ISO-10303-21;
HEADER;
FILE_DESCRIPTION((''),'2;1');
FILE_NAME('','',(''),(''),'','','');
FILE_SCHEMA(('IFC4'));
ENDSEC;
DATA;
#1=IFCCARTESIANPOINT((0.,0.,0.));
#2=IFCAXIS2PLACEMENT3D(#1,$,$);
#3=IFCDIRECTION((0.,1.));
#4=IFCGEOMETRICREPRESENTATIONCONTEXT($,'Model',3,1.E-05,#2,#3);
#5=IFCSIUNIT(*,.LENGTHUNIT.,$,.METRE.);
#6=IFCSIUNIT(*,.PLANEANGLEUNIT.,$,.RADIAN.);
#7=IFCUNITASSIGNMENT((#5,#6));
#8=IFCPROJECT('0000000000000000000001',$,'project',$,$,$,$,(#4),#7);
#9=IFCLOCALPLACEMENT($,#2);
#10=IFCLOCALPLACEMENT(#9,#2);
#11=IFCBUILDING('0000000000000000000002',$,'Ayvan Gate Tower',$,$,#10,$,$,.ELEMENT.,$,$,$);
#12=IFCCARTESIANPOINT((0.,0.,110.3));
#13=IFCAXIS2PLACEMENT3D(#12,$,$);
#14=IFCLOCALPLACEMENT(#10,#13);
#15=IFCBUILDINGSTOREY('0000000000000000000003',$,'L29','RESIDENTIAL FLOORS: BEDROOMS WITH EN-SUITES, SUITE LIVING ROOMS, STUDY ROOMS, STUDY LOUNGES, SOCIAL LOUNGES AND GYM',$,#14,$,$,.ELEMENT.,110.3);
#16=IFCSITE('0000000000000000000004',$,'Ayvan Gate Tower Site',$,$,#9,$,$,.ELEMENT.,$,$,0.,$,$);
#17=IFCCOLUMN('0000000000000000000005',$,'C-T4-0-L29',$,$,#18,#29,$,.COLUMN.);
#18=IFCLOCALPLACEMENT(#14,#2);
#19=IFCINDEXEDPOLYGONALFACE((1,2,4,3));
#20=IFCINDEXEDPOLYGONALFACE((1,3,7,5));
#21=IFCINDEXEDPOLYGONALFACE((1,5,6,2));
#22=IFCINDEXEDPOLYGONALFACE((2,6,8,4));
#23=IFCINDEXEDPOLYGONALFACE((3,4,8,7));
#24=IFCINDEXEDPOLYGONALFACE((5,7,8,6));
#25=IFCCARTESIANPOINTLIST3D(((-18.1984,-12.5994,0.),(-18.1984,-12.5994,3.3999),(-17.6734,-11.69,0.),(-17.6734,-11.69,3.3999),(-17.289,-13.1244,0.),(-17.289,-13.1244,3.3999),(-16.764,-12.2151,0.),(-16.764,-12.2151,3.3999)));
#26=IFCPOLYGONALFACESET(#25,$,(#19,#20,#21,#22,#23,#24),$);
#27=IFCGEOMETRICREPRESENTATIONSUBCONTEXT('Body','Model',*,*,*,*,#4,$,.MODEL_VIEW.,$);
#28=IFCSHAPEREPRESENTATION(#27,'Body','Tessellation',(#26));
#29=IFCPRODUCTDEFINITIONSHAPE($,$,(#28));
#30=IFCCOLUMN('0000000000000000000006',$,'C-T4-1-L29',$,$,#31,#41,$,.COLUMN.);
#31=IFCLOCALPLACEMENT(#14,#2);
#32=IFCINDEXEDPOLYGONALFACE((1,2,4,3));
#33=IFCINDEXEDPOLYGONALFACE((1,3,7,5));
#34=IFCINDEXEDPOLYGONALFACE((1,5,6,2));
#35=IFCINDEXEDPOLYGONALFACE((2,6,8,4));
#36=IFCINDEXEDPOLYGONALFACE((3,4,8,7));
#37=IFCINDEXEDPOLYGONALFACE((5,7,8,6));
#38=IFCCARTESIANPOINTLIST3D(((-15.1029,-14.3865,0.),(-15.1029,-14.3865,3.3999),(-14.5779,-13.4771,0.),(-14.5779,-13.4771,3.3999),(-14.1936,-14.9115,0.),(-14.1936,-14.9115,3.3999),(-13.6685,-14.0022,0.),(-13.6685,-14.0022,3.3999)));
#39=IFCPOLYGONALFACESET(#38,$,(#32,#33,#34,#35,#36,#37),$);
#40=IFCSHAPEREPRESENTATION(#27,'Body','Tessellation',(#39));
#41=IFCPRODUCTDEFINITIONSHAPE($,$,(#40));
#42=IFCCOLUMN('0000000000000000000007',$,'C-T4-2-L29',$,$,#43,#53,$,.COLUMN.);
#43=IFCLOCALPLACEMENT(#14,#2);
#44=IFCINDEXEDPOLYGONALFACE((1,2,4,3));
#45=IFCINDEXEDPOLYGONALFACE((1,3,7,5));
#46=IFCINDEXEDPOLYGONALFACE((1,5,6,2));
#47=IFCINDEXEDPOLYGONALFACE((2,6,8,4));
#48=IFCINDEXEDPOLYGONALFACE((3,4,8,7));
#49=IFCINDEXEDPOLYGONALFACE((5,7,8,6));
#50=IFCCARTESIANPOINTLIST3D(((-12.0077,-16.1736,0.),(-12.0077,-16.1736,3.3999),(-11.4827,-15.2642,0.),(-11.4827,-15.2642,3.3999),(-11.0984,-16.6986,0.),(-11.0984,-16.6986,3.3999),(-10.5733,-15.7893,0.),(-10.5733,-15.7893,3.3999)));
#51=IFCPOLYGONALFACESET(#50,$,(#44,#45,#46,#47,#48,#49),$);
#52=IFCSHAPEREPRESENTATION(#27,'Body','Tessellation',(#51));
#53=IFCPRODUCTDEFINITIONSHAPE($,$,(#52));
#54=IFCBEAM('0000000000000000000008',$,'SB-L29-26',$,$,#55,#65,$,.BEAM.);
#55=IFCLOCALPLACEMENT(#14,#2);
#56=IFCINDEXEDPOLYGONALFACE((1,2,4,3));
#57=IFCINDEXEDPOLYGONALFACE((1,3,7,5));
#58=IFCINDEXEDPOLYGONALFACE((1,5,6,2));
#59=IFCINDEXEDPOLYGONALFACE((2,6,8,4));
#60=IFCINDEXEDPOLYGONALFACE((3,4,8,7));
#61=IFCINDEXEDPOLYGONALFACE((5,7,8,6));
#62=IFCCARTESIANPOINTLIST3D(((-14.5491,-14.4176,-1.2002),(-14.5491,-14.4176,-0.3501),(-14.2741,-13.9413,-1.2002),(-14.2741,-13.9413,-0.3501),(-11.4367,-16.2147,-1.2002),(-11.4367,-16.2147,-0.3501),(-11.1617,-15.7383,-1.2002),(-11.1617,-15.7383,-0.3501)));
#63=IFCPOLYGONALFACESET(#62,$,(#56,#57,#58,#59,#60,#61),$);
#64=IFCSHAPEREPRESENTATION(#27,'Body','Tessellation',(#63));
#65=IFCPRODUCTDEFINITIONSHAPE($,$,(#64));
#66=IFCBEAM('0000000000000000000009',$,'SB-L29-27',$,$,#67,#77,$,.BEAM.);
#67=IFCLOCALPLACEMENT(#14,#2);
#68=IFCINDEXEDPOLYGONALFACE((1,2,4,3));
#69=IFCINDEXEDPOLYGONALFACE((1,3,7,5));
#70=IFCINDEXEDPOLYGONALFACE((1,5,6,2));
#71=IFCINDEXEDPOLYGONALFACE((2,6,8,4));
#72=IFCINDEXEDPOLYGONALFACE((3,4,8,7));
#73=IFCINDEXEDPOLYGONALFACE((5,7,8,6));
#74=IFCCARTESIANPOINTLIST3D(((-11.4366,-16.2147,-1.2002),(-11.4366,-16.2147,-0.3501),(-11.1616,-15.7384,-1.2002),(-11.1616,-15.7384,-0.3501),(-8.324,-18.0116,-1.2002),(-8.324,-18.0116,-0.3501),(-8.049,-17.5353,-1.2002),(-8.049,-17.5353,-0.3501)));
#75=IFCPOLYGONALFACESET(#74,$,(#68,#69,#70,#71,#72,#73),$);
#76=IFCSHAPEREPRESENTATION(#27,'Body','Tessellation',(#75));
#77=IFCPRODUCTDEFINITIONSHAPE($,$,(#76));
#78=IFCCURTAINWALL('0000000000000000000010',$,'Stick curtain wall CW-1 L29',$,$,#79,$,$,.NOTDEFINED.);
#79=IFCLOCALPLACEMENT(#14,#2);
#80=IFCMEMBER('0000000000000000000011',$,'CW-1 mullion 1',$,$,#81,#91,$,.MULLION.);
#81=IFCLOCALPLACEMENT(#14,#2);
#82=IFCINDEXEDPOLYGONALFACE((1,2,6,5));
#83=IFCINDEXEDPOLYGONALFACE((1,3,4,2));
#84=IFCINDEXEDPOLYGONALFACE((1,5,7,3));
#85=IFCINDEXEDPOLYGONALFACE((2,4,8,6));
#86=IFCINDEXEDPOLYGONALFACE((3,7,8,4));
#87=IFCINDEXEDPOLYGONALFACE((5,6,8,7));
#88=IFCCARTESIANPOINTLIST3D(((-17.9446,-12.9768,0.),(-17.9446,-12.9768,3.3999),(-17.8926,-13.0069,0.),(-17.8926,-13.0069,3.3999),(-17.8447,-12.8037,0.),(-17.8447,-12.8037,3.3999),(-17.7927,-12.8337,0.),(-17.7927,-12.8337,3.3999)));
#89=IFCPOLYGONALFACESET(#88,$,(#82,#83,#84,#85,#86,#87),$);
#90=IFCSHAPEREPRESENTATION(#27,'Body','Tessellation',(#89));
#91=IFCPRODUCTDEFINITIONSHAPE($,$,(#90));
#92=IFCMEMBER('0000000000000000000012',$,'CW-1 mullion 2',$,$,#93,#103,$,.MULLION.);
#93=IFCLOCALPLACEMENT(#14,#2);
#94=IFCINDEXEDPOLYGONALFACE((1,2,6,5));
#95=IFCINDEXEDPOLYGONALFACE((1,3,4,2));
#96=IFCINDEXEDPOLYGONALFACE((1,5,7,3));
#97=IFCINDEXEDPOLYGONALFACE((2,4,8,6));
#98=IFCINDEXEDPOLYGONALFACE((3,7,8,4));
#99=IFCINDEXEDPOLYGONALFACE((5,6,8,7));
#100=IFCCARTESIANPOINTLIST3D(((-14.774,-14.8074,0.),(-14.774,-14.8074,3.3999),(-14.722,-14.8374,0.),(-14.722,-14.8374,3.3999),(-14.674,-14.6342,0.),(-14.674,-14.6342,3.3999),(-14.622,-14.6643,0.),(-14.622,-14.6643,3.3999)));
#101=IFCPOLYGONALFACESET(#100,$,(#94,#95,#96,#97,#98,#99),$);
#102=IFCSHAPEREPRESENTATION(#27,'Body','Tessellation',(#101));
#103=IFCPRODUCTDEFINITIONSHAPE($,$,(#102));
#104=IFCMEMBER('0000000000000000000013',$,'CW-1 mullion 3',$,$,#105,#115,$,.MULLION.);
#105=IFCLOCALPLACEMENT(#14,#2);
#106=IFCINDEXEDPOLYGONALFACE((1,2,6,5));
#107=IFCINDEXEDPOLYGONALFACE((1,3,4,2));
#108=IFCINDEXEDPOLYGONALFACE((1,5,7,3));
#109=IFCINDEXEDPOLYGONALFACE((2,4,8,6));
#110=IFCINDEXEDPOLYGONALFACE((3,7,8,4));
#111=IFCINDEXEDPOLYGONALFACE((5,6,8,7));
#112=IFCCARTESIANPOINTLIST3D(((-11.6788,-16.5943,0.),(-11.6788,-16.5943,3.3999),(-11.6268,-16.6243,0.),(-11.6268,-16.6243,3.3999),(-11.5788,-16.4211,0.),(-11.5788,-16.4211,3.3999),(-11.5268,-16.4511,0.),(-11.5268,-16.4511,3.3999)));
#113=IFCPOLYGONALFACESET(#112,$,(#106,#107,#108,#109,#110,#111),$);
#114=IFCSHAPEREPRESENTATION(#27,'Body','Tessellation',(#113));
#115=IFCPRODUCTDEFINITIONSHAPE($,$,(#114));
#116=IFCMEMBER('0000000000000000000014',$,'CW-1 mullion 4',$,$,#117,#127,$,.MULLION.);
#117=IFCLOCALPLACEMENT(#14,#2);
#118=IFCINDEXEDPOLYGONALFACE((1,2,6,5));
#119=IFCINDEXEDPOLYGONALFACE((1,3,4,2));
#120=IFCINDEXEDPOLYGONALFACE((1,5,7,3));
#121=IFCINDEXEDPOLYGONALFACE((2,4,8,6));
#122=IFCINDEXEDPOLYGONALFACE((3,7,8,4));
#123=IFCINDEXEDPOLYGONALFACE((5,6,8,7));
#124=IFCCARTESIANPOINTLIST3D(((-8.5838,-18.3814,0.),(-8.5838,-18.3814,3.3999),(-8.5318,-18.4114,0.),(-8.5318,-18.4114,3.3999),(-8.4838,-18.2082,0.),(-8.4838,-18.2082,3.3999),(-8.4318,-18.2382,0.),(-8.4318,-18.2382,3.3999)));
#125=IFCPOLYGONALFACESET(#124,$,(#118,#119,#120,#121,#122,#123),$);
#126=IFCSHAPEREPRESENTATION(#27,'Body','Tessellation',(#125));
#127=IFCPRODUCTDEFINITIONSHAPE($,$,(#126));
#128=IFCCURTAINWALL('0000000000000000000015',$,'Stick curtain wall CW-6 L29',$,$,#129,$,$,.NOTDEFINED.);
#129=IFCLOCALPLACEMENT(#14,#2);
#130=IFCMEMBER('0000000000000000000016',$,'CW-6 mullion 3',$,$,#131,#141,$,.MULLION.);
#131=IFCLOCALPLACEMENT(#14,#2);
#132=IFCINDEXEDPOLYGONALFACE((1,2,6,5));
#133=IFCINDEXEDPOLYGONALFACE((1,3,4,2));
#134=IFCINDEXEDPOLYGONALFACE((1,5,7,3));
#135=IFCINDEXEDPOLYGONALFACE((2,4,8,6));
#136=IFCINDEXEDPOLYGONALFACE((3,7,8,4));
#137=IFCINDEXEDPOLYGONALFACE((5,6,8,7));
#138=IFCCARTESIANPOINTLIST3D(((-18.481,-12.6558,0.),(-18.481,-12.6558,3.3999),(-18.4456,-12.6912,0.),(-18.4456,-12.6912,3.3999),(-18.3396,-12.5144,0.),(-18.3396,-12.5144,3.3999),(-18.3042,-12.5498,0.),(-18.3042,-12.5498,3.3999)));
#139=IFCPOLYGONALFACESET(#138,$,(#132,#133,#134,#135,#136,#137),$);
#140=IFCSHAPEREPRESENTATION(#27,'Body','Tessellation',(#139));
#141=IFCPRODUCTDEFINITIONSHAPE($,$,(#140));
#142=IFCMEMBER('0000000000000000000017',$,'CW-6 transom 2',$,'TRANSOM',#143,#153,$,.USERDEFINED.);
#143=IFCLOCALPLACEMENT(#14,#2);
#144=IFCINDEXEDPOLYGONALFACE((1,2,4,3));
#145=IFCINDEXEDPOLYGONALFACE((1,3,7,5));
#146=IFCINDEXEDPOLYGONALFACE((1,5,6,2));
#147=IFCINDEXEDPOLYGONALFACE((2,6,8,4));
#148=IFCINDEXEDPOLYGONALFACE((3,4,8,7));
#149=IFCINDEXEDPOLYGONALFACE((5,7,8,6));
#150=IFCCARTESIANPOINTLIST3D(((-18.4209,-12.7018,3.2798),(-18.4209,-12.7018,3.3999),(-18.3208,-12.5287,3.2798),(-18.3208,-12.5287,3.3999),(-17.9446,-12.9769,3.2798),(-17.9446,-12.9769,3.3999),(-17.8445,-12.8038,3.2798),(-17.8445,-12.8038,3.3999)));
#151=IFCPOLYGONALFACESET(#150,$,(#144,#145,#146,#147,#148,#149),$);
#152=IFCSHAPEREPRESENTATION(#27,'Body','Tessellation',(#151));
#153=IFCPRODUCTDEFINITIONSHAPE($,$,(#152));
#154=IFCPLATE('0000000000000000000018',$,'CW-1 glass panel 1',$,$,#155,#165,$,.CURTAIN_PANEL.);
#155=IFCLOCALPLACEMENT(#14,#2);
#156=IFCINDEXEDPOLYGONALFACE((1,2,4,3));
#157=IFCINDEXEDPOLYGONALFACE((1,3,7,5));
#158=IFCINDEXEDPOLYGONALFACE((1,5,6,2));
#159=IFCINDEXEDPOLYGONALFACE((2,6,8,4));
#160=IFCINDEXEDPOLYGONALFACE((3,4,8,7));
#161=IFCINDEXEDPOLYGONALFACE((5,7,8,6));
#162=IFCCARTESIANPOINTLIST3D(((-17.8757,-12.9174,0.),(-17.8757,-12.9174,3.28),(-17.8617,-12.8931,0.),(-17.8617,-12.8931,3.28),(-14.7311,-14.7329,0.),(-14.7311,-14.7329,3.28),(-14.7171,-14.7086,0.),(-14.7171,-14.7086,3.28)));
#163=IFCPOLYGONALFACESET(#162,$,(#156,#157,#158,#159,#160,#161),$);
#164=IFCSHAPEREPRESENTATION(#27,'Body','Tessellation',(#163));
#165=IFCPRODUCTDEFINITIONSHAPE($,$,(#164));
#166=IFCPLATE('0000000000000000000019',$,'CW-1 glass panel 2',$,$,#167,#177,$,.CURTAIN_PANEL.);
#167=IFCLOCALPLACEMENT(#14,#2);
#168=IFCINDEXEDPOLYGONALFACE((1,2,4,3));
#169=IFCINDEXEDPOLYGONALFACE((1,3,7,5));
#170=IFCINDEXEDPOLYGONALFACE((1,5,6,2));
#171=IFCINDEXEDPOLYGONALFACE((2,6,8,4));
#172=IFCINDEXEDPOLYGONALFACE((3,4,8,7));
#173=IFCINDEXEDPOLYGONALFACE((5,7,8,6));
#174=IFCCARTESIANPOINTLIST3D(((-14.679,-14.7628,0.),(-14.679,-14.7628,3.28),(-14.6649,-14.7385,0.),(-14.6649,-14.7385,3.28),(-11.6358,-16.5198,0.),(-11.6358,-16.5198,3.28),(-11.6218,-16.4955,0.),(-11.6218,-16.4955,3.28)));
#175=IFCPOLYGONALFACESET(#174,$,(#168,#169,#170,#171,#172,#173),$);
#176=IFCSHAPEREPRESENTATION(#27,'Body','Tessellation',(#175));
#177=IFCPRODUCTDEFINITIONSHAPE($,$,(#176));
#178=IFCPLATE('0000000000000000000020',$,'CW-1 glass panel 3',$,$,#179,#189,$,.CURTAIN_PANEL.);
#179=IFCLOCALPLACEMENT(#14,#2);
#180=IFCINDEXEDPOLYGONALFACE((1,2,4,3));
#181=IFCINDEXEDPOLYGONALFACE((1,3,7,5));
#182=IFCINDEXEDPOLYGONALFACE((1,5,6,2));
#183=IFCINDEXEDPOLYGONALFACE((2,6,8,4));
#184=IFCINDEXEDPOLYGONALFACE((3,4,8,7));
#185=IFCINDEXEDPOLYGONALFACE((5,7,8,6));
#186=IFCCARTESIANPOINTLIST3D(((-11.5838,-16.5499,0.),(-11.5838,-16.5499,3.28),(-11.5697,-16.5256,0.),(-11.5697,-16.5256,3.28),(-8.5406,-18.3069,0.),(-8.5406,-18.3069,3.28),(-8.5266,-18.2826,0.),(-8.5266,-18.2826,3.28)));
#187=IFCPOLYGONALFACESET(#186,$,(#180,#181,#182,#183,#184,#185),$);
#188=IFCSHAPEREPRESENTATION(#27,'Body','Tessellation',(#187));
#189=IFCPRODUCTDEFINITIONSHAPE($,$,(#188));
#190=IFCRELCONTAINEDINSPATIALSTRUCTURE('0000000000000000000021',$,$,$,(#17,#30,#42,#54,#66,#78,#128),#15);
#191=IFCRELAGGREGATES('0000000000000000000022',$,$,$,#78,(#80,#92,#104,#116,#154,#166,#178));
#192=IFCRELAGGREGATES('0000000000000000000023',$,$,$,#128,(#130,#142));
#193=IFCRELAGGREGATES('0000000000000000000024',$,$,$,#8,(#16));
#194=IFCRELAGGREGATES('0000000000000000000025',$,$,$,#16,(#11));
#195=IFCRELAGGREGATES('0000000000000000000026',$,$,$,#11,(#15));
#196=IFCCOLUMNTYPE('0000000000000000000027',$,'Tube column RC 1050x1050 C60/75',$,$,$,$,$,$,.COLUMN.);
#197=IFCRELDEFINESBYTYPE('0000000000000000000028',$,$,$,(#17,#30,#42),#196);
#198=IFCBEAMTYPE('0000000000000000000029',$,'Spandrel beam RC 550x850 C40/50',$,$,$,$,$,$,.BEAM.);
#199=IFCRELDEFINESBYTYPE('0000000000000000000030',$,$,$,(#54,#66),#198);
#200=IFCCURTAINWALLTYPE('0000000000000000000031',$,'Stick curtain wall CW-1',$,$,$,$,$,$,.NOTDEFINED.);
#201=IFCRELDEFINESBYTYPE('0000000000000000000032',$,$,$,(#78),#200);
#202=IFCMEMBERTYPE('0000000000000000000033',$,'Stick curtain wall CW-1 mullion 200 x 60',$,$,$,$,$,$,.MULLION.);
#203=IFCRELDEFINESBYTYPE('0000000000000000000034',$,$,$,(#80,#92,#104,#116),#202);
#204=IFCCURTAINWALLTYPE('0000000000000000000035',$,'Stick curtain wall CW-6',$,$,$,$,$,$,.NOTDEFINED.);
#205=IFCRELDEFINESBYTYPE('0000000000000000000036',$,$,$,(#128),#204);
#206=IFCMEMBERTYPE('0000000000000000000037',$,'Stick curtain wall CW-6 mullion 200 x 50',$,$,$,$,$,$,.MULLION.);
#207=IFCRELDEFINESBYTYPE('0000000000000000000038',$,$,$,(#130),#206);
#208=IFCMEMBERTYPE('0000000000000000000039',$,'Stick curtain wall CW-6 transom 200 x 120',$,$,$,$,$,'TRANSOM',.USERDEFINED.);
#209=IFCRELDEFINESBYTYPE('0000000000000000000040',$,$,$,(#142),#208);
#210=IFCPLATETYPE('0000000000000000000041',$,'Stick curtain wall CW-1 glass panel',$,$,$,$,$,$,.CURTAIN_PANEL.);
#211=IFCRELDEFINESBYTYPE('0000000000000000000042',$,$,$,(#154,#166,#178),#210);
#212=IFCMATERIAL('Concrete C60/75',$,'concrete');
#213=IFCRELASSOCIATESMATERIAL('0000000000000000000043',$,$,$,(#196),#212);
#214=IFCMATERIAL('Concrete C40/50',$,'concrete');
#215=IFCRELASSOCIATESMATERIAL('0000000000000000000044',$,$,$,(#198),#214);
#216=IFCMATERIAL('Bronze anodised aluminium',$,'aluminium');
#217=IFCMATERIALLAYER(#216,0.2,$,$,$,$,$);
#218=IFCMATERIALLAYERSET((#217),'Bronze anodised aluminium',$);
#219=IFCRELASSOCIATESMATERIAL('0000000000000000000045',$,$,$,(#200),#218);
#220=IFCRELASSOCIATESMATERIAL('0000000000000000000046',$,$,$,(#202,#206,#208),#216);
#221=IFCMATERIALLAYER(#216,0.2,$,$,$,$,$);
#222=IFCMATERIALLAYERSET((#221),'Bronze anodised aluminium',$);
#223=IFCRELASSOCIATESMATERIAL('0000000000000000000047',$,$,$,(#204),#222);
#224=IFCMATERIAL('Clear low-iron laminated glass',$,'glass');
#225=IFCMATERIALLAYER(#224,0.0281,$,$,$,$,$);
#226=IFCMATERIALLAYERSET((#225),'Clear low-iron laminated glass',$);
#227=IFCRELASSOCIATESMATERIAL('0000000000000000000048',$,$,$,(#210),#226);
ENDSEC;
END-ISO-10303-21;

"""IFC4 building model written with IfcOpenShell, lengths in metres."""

from ifc_helpers import new_model, si_unit, direction, frame, origin, origin_2d, place, context, subcontext, project, spatial, rectangle, extrude, material, layer, layer_set, material_profile, profile_set, type_object, element, aggregate, save


model = new_model("IFC4")

# Units and contexts
model_context = context("Model", 3, precision=1e-05, world=origin(), true_north=direction((0.0, 1.0)))
body_context = subcontext(model_context, "Body", "Model", "MODEL_VIEW")
ifc_project = project(units=[si_unit("LENGTHUNIT", "METRE"), si_unit("PLANEANGLEUNIT", "RADIAN")], contexts=[model_context])

# Site, building, storey
site_placement = place(None, origin())
site = spatial("IfcSite", under=ifc_project, at=site_placement, Name="Ayvan Gate Tower Site", CompositionType="ELEMENT", RefElevation=0.0)
building_placement = place(site_placement, origin())
building = spatial("IfcBuilding", under=site, at=building_placement, Name="Ayvan Gate Tower", CompositionType="ELEMENT")
storey_placement = place(building_placement, frame((0.0, 0.0, 110.3)))
storey = spatial("IfcBuildingStorey", under=building, at=storey_placement, Name="L29", Description="RESIDENTIAL FLOORS: BEDROOMS WITH EN-SUITES, SUITE LIVING ROOMS, STUDY ROOMS, STUDY LOUNGES, SOCIAL LOUNGES AND GYM", CompositionType="ELEMENT", Elevation=110.3)

# Columns
ifc_material_1 = material(Name="Concrete C60/75", Category="concrete")
ifc_material_profile_1 = material_profile(ifc_material_1, rectangle(XDim=1.05, YDim=1.05, at=origin_2d()), Name="RC 1050x1050")
ifc_profile_set_1 = profile_set([ifc_material_profile_1], Name="Concrete C60/75")
column_type = type_object("IfcColumnType", Name="Tube column RC 1050x1050 C60/75", PredefinedType="COLUMN", material=ifc_profile_set_1)
for number, where, z_axis, x_axis, name in (
    (1, (-17.4812, -12.4072, 0.0), (0.0, 0.0, 1.0), (-0.5, -0.866025, 0.0), "C-T4-0-L29"),
    (2, (-14.3857, -14.1943, 0.0), (0.0, 0.0, 1.0), (-0.5, -0.866025, 0.0), "C-T4-1-L29"),
    (3, (-11.2905, -15.9814, 0.0), (0.0, 0.0, 1.0), (-0.5, -0.866025, 0.0), "C-T4-2-L29"),
):
    element("IfcColumn", number, at=place(storey_placement, frame(where, z_axis=z_axis, x_axis=x_axis)), inside=storey, type_object=column_type, Name=name, PredefinedType="COLUMN", context=body_context, shape_type="SweptSolid", body=[
        extrude(rectangle(XDim=1.05, YDim=1.05, at=origin_2d()), origin(), (0.0, 0.0, 1.0), 3.3999),
    ])

# Beams
ifc_material_2 = material(Name="Concrete C40/50", Category="concrete")
ifc_material_profile_2 = material_profile(ifc_material_2, rectangle(XDim=0.55, YDim=0.8501, at=origin_2d()), Name="RC 550x850")
ifc_profile_set_2 = profile_set([ifc_material_profile_2], Name="Concrete C40/50")
beam_type = type_object("IfcBeamType", Name="Spandrel beam RC 550x850 C40/50", PredefinedType="BEAM", material=ifc_profile_set_2)
for number, where, z_axis, x_axis, name in (
    (4, (-14.4116, -14.1794, -0.7751), (0.866015, -0.500018, 0.0), (0.500018, 0.866015, 0.0), "SB-L29-26"),
    (5, (-11.2991, -15.9766, -0.7751), (0.866044, -0.499967, 0.0), (0.499967, 0.866044, 0.0), "SB-L29-27"),
):
    element("IfcBeam", number, at=place(storey_placement, frame(where, z_axis=z_axis, x_axis=x_axis)), inside=storey, type_object=beam_type, Name=name, PredefinedType="BEAM", context=body_context, shape_type="SweptSolid", body=[
        extrude(rectangle(XDim=0.55, YDim=0.8501, at=origin_2d()), origin(), (0.0, 0.0, 1.0), 3.594),
    ])

# Curtain walls, members
ifc_material_3 = material(Name="Bronze anodised aluminium", Category="aluminium")
ifc_layer_1 = layer(ifc_material_3, 0.2)
ifc_layer_set_1 = layer_set([ifc_layer_1], Name="Bronze anodised aluminium")
curtain_wall_type_1 = type_object("IfcCurtainWallType", Name="Stick curtain wall CW-1", PredefinedType="NOTDEFINED", material=ifc_layer_set_1)
curtain_wall_1_placement = place(storey_placement, origin())
curtain_wall_1 = element("IfcCurtainWall", 6, at=curtain_wall_1_placement, inside=storey, type_object=curtain_wall_type_1, Name="Stick curtain wall CW-1 L29", PredefinedType="NOTDEFINED")
ifc_material_profile_3 = material_profile(ifc_material_3, rectangle(XDim=0.2, YDim=0.0601, at=origin_2d()), Name="Stick curtain wall CW-1 mullion 200 x 60")
ifc_profile_set_3 = profile_set([ifc_material_profile_3], Name="Bronze anodised aluminium")
member_type_1 = type_object("IfcMemberType", Name="Stick curtain wall CW-1 mullion 200 x 60", PredefinedType="MULLION", material=ifc_profile_set_3)
member_1_placement = place(storey_placement, frame((-17.8687, -12.9053, 0.0), z_axis=(0.0, 0.0, 1.0), x_axis=(-0.5, -0.866025, 0.0)))
member_1 = element("IfcMember", 7, at=member_1_placement, type_object=member_type_1, Name="CW-1 mullion 1", PredefinedType="MULLION", context=body_context, shape_type="SweptSolid", body=[
    extrude(rectangle(XDim=0.2, YDim=0.0601, at=origin_2d()), origin(), (0.0, 0.0, 1.0), 3.3999),
])
member_2_placement = place(storey_placement, frame((-14.698, -14.7358, 0.0), z_axis=(0.0, 0.0, 1.0), x_axis=(-0.5, -0.866025, 0.0)))
member_2 = element("IfcMember", 8, at=member_2_placement, type_object=member_type_1, Name="CW-1 mullion 2", PredefinedType="MULLION", context=body_context, shape_type="SweptSolid", body=[
    extrude(rectangle(XDim=0.2, YDim=0.0601, at=origin_2d()), origin(), (0.0, 0.0, 1.0), 3.3999),
])
member_3_placement = place(storey_placement, frame((-11.6028, -16.5227, 0.0), z_axis=(0.0, 0.0, 1.0), x_axis=(-0.5, -0.866025, 0.0)))
member_3 = element("IfcMember", 9, at=member_3_placement, type_object=member_type_1, Name="CW-1 mullion 3", PredefinedType="MULLION", context=body_context, shape_type="SweptSolid", body=[
    extrude(rectangle(XDim=0.2, YDim=0.0601, at=origin_2d()), origin(), (0.0, 0.0, 1.0), 3.3999),
])
member_4_placement = place(storey_placement, frame((-8.5078, -18.3098, 0.0), z_axis=(0.0, 0.0, 1.0), x_axis=(-0.5, -0.866025, 0.0)))
member_4 = element("IfcMember", 10, at=member_4_placement, type_object=member_type_1, Name="CW-1 mullion 4", PredefinedType="MULLION", context=body_context, shape_type="SweptSolid", body=[
    extrude(rectangle(XDim=0.2, YDim=0.0601, at=origin_2d()), origin(), (0.0, 0.0, 1.0), 3.3999),
])
ifc_layer_2 = layer(ifc_material_3, 0.2)
ifc_layer_set_2 = layer_set([ifc_layer_2], Name="Bronze anodised aluminium")
curtain_wall_type_2 = type_object("IfcCurtainWallType", Name="Stick curtain wall CW-6", PredefinedType="NOTDEFINED", material=ifc_layer_set_2)
curtain_wall_2_placement = place(storey_placement, origin())
curtain_wall_2 = element("IfcCurtainWall", 11, at=curtain_wall_2_placement, inside=storey, type_object=curtain_wall_type_2, Name="Stick curtain wall CW-6 L29", PredefinedType="NOTDEFINED")
ifc_material_profile_4 = material_profile(ifc_material_3, rectangle(XDim=0.2, YDim=0.05, at=origin_2d()), Name="Stick curtain wall CW-6 mullion 200 x 50")
ifc_profile_set_4 = profile_set([ifc_material_profile_4], Name="Bronze anodised aluminium")
member_type_2 = type_object("IfcMemberType", Name="Stick curtain wall CW-6 mullion 200 x 50", PredefinedType="MULLION", material=ifc_profile_set_4)
member_5_placement = place(storey_placement, frame((-18.3926, -12.6028, 0.0), z_axis=(0.0, 0.0, 1.0), x_axis=(-0.707107, -0.707107, 0.0)))
member_5 = element("IfcMember", 12, at=member_5_placement, type_object=member_type_2, Name="CW-6 mullion 3", PredefinedType="MULLION", context=body_context, shape_type="SweptSolid", body=[
    extrude(rectangle(XDim=0.2, YDim=0.05, at=origin_2d()), origin(), (0.0, 0.0, 1.0), 3.3999),
])
ifc_material_profile_5 = material_profile(ifc_material_3, rectangle(XDim=0.2, YDim=0.1201, at=origin_2d()), Name="Stick curtain wall CW-6 transom 200 x 120")
ifc_profile_set_5 = profile_set([ifc_material_profile_5], Name="Bronze anodised aluminium")
member_type_3 = type_object("IfcMemberType", Name="Stick curtain wall CW-6 transom 200 x 120", ElementType="TRANSOM", PredefinedType="USERDEFINED", material=ifc_profile_set_5)
member_6_placement = place(storey_placement, frame((-18.3708, -12.6152, 3.3398), z_axis=(0.865912, -0.500196, 0.0), x_axis=(0.500196, 0.865912, 0.0)))
member_6 = element("IfcMember", 13, at=member_6_placement, type_object=member_type_3, Name="CW-6 transom 2", ObjectType="TRANSOM", PredefinedType="USERDEFINED", context=body_context, shape_type="SweptSolid", body=[
    extrude(rectangle(XDim=0.2, YDim=0.1201, at=origin_2d()), origin(), (0.0, 0.0, 1.0), 0.55),
])

# Plates
ifc_material_4 = material(Name="Clear low-iron laminated glass", Category="glass")
ifc_layer_3 = layer(ifc_material_4, 0.0281)
ifc_layer_set_3 = layer_set([ifc_layer_3], Name="Clear low-iron laminated glass")
plate_type_1 = type_object("IfcPlateType", Name="Stick curtain wall CW-1 glass panel", PredefinedType="CURTAIN_PANEL", material=ifc_layer_set_3)
plate_1_placement = place(storey_placement, frame((-16.2964, -13.813, 0.0), z_axis=(0.0, 0.0, 1.0), x_axis=(0.866025, -0.5, 0.0)))
plate_1 = element("IfcPlate", 14, at=plate_1_placement, type_object=plate_type_1, Name="CW-1 glass panel 1", PredefinedType="CURTAIN_PANEL", context=body_context, shape_type="SweptSolid", body=[
    extrude(rectangle(XDim=3.6311, YDim=0.0281, at=origin_2d()), origin(), (0.0, 0.0, 1.0), 3.28),
])
plate_2_placement = place(storey_placement, frame((-13.1504, -15.6292, 0.0), z_axis=(0.0, 0.0, 1.0), x_axis=(0.866025, -0.5, 0.0)))
plate_2 = element("IfcPlate", 15, at=plate_2_placement, type_object=plate_type_1, Name="CW-1 glass panel 2", PredefinedType="CURTAIN_PANEL", context=body_context, shape_type="SweptSolid", body=[
    extrude(rectangle(XDim=3.5139, YDim=0.0281, at=origin_2d()), origin(), (0.0, 0.0, 1.0), 3.28),
])
plate_3_placement = place(storey_placement, frame((-10.0552, -17.4163, 0.0), z_axis=(0.0, 0.0, 1.0), x_axis=(0.866025, -0.5, 0.0)))
plate_3 = element("IfcPlate", 16, at=plate_3_placement, type_object=plate_type_1, Name="CW-1 glass panel 3", PredefinedType="CURTAIN_PANEL", context=body_context, shape_type="SweptSolid", body=[
    extrude(rectangle(XDim=3.5139, YDim=0.0281, at=origin_2d()), origin(), (0.0, 0.0, 1.0), 3.28),
])
aggregate(curtain_wall_1, [member_1, member_2, member_3, member_4, plate_1, plate_2, plate_3])
aggregate(curtain_wall_2, [member_5, member_6])

save(model, "model.ifc")
